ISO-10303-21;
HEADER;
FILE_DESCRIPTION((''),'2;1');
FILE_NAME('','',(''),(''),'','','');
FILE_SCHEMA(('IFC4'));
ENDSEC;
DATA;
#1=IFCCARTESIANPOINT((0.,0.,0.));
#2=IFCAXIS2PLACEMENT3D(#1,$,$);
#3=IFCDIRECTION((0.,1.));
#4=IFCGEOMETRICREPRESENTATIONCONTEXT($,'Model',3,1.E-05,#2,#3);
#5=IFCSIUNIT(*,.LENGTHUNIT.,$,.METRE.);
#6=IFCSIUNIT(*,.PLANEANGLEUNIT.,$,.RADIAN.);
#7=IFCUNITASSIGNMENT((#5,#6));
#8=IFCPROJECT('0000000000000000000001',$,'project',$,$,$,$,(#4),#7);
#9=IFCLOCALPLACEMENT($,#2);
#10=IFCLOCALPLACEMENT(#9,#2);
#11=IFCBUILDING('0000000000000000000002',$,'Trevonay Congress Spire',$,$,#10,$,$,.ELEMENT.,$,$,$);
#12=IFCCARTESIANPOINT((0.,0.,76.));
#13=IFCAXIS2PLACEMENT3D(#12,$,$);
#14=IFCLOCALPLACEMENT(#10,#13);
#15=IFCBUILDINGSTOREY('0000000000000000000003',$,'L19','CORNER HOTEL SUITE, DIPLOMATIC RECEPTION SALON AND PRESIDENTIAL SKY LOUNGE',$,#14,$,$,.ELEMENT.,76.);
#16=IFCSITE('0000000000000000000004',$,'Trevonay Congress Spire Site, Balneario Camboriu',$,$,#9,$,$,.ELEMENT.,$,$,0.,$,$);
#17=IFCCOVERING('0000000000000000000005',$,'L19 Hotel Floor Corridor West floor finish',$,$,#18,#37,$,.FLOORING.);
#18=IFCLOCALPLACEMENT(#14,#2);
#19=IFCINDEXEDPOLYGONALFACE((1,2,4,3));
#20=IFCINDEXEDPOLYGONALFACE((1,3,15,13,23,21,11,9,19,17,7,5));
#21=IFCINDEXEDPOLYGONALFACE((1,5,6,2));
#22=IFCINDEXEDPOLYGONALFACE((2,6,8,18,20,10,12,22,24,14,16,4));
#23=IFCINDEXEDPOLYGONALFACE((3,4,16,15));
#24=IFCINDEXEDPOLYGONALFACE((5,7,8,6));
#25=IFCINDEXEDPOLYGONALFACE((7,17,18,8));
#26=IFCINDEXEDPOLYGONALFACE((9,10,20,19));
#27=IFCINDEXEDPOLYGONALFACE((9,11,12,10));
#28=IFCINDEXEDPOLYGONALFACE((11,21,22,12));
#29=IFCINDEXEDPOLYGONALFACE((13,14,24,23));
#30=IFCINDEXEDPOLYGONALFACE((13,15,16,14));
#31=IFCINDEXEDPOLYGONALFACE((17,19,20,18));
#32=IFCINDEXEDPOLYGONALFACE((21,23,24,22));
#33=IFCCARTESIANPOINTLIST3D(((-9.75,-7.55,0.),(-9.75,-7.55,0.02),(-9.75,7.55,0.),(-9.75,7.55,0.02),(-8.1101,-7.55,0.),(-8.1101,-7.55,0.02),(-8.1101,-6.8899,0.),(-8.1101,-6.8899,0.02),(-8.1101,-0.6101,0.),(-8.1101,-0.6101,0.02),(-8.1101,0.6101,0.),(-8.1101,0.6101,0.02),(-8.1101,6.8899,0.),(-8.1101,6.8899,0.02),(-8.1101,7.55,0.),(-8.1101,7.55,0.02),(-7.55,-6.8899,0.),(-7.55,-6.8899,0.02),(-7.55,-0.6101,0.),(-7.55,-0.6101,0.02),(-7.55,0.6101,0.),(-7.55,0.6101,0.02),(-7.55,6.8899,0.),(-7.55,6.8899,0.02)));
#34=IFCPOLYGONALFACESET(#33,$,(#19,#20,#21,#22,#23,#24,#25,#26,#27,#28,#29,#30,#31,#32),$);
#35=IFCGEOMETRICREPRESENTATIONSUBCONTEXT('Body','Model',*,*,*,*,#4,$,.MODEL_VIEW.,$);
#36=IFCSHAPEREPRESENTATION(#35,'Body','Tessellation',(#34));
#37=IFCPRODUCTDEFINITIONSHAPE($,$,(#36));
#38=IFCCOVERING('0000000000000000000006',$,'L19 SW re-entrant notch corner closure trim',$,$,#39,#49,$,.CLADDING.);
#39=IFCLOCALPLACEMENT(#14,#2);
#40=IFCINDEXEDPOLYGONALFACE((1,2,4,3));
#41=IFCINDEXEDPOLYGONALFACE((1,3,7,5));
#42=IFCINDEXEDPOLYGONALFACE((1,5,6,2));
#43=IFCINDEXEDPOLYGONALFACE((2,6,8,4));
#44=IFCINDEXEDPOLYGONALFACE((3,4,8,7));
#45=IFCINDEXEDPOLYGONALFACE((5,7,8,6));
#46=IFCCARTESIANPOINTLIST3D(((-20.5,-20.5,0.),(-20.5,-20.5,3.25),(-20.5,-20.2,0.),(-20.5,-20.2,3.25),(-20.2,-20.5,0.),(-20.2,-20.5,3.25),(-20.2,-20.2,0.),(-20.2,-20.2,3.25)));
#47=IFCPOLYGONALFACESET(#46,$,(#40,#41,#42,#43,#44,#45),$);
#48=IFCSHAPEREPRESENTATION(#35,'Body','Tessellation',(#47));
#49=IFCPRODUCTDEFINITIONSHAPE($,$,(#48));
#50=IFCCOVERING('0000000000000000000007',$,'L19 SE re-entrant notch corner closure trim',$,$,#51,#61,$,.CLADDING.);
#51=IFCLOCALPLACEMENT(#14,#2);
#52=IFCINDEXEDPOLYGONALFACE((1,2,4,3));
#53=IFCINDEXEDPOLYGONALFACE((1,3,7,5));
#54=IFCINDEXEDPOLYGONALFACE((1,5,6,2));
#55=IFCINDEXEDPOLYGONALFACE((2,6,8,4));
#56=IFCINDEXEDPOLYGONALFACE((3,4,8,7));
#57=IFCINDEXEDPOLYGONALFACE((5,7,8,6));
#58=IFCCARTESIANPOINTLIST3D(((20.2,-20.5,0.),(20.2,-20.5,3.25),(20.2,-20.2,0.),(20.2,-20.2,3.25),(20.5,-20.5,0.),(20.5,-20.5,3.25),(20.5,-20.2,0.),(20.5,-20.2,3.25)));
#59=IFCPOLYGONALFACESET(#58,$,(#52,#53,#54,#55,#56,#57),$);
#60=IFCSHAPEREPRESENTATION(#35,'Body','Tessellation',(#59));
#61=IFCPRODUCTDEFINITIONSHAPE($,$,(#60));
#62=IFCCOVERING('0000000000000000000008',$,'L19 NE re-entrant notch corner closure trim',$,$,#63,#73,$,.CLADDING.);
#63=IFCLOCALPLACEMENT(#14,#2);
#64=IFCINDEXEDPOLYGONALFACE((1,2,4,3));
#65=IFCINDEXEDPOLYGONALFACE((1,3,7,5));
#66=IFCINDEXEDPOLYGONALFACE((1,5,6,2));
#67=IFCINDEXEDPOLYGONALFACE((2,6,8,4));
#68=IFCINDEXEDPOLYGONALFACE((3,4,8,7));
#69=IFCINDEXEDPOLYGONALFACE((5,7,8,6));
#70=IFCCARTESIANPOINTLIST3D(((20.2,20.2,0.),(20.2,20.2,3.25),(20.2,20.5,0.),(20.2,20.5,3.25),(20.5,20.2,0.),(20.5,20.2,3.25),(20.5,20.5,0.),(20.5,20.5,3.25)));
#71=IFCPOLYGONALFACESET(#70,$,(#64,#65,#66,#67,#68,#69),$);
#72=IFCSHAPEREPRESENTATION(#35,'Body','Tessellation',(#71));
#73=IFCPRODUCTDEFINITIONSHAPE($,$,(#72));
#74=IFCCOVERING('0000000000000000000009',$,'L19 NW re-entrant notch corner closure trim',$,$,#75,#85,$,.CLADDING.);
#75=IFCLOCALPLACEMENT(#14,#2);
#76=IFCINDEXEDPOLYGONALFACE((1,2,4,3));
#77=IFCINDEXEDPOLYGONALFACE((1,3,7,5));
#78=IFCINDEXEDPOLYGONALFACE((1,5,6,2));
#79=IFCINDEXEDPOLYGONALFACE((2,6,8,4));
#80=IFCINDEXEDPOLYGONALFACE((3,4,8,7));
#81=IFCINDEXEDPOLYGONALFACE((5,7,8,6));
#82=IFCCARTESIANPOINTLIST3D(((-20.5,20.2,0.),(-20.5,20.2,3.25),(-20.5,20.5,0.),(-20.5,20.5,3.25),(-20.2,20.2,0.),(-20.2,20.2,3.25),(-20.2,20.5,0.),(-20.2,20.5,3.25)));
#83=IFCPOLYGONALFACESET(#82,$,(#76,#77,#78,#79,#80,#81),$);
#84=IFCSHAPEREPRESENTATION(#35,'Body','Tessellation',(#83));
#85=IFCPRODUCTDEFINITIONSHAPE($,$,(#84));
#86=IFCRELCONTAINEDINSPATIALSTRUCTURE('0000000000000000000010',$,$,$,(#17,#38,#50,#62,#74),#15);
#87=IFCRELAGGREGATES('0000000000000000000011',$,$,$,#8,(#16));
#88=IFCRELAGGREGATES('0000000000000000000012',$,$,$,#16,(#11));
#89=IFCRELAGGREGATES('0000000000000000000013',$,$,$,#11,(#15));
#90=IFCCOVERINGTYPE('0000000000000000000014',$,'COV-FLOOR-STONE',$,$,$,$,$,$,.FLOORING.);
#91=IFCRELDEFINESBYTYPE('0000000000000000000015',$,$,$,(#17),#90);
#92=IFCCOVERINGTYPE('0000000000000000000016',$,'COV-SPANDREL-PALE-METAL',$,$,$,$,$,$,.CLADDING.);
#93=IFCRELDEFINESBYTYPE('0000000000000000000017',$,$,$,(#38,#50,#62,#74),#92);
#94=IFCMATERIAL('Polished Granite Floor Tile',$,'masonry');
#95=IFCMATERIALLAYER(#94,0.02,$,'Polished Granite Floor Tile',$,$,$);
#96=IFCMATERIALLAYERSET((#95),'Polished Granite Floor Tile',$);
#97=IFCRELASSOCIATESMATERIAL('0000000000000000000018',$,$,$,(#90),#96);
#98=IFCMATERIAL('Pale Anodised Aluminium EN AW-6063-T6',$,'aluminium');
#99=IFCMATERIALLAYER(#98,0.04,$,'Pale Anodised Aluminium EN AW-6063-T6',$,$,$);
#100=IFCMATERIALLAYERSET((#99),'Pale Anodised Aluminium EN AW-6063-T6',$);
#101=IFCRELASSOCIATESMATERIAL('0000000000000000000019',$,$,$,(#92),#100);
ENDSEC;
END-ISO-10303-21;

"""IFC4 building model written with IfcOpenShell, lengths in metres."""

from ifc_helpers import new_model, si_unit, direction, frame, origin, place, context, subcontext, project, spatial, polyline, outline, extrude, material, layer, layer_set, type_object, element, save


model = new_model("IFC4")

# Units and contexts
model_context = context("Model", 3, precision=1e-05, world=origin(), true_north=direction((0.0, 1.0)))
body_context = subcontext(model_context, "Body", "Model", "MODEL_VIEW")
ifc_project = project(units=[si_unit("LENGTHUNIT", "METRE"), si_unit("PLANEANGLEUNIT", "RADIAN")], contexts=[model_context])

# Site, building, storey
site_placement = place(None, origin())
site = spatial("IfcSite", under=ifc_project, at=site_placement, Name="Trevonay Congress Spire Site, Balneario Camboriu", CompositionType="ELEMENT", RefElevation=0.0)
building_placement = place(site_placement, origin())
building = spatial("IfcBuilding", under=site, at=building_placement, Name="Trevonay Congress Spire", CompositionType="ELEMENT")
storey_placement = place(building_placement, frame((0.0, 0.0, 76.0)))
storey = spatial("IfcBuildingStorey", under=building, at=storey_placement, Name="L19", Description="CORNER HOTEL SUITE, DIPLOMATIC RECEPTION SALON AND PRESIDENTIAL SKY LOUNGE", CompositionType="ELEMENT", Elevation=76.0)

# Coverings
ifc_material_1 = material(Name="Polished Granite Floor Tile", Category="masonry")
ifc_layer_1 = layer(ifc_material_1, 0.02, Name="Polished Granite Floor Tile")
ifc_layer_set_1 = layer_set([ifc_layer_1], Name="Polished Granite Floor Tile")
covering_type_1 = type_object("IfcCoveringType", Name="COV-FLOOR-STONE", PredefinedType="FLOORING", material=ifc_layer_set_1)
covering_1_placement = place(storey_placement, origin())
element("IfcCovering", 1, at=covering_1_placement, inside=storey, type_object=covering_type_1, Name="L19 Hotel Floor Corridor West floor finish", PredefinedType="FLOORING", context=body_context, shape_type="SweptSolid", body=[
    extrude(outline(polyline([(-9.75, 7.55), (-8.1101, 7.55), (-8.1101, 6.8899), (-7.55, 6.8899), (-7.55, 0.6101), (-8.1101, 0.6101), (-8.1101, -0.6101), (-7.55, -0.6101), (-7.55, -6.8899), (-8.1101, -6.8899), (-8.1101, -7.55), (-9.75, -7.55), (-9.75, 7.55)])), origin(), (0.0, 0.0, 1.0), 0.02),
])
ifc_material_2 = material(Name="Pale Anodised Aluminium EN AW-6063-T6", Category="aluminium")
ifc_layer_2 = layer(ifc_material_2, 0.04, Name="Pale Anodised Aluminium EN AW-6063-T6")
ifc_layer_set_2 = layer_set([ifc_layer_2], Name="Pale Anodised Aluminium EN AW-6063-T6")
covering_type_2 = type_object("IfcCoveringType", Name="COV-SPANDREL-PALE-METAL", PredefinedType="CLADDING", material=ifc_layer_set_2)
covering_2_placement = place(storey_placement, origin())
element("IfcCovering", 2, at=covering_2_placement, inside=storey, type_object=covering_type_2, Name="L19 SW re-entrant notch corner closure trim", PredefinedType="CLADDING", context=body_context, shape_type="SweptSolid", body=[
    extrude(outline(polyline([(-20.5, -20.5), (-20.2, -20.5), (-20.2, -20.2), (-20.5, -20.2), (-20.5, -20.5)])), origin(), (0.0, 0.0, 1.0), 3.25),
])
covering_3_placement = place(storey_placement, origin())
element("IfcCovering", 3, at=covering_3_placement, inside=storey, type_object=covering_type_2, Name="L19 SE re-entrant notch corner closure trim", PredefinedType="CLADDING", context=body_context, shape_type="SweptSolid", body=[
    extrude(outline(polyline([(20.2, -20.5), (20.5, -20.5), (20.5, -20.2), (20.2, -20.2), (20.2, -20.5)])), origin(), (0.0, 0.0, 1.0), 3.25),
])
covering_4_placement = place(storey_placement, origin())
element("IfcCovering", 4, at=covering_4_placement, inside=storey, type_object=covering_type_2, Name="L19 NE re-entrant notch corner closure trim", PredefinedType="CLADDING", context=body_context, shape_type="SweptSolid", body=[
    extrude(outline(polyline([(20.2, 20.2), (20.5, 20.2), (20.5, 20.5), (20.2, 20.5), (20.2, 20.2)])), origin(), (0.0, 0.0, 1.0), 3.25),
])
covering_5_placement = place(storey_placement, origin())
element("IfcCovering", 5, at=covering_5_placement, inside=storey, type_object=covering_type_2, Name="L19 NW re-entrant notch corner closure trim", PredefinedType="CLADDING", context=body_context, shape_type="SweptSolid", body=[
    extrude(outline(polyline([(-20.5, 20.2), (-20.2, 20.2), (-20.2, 20.5), (-20.5, 20.5), (-20.5, 20.2)])), origin(), (0.0, 0.0, 1.0), 3.25),
])

save(model, "model.ifc")
